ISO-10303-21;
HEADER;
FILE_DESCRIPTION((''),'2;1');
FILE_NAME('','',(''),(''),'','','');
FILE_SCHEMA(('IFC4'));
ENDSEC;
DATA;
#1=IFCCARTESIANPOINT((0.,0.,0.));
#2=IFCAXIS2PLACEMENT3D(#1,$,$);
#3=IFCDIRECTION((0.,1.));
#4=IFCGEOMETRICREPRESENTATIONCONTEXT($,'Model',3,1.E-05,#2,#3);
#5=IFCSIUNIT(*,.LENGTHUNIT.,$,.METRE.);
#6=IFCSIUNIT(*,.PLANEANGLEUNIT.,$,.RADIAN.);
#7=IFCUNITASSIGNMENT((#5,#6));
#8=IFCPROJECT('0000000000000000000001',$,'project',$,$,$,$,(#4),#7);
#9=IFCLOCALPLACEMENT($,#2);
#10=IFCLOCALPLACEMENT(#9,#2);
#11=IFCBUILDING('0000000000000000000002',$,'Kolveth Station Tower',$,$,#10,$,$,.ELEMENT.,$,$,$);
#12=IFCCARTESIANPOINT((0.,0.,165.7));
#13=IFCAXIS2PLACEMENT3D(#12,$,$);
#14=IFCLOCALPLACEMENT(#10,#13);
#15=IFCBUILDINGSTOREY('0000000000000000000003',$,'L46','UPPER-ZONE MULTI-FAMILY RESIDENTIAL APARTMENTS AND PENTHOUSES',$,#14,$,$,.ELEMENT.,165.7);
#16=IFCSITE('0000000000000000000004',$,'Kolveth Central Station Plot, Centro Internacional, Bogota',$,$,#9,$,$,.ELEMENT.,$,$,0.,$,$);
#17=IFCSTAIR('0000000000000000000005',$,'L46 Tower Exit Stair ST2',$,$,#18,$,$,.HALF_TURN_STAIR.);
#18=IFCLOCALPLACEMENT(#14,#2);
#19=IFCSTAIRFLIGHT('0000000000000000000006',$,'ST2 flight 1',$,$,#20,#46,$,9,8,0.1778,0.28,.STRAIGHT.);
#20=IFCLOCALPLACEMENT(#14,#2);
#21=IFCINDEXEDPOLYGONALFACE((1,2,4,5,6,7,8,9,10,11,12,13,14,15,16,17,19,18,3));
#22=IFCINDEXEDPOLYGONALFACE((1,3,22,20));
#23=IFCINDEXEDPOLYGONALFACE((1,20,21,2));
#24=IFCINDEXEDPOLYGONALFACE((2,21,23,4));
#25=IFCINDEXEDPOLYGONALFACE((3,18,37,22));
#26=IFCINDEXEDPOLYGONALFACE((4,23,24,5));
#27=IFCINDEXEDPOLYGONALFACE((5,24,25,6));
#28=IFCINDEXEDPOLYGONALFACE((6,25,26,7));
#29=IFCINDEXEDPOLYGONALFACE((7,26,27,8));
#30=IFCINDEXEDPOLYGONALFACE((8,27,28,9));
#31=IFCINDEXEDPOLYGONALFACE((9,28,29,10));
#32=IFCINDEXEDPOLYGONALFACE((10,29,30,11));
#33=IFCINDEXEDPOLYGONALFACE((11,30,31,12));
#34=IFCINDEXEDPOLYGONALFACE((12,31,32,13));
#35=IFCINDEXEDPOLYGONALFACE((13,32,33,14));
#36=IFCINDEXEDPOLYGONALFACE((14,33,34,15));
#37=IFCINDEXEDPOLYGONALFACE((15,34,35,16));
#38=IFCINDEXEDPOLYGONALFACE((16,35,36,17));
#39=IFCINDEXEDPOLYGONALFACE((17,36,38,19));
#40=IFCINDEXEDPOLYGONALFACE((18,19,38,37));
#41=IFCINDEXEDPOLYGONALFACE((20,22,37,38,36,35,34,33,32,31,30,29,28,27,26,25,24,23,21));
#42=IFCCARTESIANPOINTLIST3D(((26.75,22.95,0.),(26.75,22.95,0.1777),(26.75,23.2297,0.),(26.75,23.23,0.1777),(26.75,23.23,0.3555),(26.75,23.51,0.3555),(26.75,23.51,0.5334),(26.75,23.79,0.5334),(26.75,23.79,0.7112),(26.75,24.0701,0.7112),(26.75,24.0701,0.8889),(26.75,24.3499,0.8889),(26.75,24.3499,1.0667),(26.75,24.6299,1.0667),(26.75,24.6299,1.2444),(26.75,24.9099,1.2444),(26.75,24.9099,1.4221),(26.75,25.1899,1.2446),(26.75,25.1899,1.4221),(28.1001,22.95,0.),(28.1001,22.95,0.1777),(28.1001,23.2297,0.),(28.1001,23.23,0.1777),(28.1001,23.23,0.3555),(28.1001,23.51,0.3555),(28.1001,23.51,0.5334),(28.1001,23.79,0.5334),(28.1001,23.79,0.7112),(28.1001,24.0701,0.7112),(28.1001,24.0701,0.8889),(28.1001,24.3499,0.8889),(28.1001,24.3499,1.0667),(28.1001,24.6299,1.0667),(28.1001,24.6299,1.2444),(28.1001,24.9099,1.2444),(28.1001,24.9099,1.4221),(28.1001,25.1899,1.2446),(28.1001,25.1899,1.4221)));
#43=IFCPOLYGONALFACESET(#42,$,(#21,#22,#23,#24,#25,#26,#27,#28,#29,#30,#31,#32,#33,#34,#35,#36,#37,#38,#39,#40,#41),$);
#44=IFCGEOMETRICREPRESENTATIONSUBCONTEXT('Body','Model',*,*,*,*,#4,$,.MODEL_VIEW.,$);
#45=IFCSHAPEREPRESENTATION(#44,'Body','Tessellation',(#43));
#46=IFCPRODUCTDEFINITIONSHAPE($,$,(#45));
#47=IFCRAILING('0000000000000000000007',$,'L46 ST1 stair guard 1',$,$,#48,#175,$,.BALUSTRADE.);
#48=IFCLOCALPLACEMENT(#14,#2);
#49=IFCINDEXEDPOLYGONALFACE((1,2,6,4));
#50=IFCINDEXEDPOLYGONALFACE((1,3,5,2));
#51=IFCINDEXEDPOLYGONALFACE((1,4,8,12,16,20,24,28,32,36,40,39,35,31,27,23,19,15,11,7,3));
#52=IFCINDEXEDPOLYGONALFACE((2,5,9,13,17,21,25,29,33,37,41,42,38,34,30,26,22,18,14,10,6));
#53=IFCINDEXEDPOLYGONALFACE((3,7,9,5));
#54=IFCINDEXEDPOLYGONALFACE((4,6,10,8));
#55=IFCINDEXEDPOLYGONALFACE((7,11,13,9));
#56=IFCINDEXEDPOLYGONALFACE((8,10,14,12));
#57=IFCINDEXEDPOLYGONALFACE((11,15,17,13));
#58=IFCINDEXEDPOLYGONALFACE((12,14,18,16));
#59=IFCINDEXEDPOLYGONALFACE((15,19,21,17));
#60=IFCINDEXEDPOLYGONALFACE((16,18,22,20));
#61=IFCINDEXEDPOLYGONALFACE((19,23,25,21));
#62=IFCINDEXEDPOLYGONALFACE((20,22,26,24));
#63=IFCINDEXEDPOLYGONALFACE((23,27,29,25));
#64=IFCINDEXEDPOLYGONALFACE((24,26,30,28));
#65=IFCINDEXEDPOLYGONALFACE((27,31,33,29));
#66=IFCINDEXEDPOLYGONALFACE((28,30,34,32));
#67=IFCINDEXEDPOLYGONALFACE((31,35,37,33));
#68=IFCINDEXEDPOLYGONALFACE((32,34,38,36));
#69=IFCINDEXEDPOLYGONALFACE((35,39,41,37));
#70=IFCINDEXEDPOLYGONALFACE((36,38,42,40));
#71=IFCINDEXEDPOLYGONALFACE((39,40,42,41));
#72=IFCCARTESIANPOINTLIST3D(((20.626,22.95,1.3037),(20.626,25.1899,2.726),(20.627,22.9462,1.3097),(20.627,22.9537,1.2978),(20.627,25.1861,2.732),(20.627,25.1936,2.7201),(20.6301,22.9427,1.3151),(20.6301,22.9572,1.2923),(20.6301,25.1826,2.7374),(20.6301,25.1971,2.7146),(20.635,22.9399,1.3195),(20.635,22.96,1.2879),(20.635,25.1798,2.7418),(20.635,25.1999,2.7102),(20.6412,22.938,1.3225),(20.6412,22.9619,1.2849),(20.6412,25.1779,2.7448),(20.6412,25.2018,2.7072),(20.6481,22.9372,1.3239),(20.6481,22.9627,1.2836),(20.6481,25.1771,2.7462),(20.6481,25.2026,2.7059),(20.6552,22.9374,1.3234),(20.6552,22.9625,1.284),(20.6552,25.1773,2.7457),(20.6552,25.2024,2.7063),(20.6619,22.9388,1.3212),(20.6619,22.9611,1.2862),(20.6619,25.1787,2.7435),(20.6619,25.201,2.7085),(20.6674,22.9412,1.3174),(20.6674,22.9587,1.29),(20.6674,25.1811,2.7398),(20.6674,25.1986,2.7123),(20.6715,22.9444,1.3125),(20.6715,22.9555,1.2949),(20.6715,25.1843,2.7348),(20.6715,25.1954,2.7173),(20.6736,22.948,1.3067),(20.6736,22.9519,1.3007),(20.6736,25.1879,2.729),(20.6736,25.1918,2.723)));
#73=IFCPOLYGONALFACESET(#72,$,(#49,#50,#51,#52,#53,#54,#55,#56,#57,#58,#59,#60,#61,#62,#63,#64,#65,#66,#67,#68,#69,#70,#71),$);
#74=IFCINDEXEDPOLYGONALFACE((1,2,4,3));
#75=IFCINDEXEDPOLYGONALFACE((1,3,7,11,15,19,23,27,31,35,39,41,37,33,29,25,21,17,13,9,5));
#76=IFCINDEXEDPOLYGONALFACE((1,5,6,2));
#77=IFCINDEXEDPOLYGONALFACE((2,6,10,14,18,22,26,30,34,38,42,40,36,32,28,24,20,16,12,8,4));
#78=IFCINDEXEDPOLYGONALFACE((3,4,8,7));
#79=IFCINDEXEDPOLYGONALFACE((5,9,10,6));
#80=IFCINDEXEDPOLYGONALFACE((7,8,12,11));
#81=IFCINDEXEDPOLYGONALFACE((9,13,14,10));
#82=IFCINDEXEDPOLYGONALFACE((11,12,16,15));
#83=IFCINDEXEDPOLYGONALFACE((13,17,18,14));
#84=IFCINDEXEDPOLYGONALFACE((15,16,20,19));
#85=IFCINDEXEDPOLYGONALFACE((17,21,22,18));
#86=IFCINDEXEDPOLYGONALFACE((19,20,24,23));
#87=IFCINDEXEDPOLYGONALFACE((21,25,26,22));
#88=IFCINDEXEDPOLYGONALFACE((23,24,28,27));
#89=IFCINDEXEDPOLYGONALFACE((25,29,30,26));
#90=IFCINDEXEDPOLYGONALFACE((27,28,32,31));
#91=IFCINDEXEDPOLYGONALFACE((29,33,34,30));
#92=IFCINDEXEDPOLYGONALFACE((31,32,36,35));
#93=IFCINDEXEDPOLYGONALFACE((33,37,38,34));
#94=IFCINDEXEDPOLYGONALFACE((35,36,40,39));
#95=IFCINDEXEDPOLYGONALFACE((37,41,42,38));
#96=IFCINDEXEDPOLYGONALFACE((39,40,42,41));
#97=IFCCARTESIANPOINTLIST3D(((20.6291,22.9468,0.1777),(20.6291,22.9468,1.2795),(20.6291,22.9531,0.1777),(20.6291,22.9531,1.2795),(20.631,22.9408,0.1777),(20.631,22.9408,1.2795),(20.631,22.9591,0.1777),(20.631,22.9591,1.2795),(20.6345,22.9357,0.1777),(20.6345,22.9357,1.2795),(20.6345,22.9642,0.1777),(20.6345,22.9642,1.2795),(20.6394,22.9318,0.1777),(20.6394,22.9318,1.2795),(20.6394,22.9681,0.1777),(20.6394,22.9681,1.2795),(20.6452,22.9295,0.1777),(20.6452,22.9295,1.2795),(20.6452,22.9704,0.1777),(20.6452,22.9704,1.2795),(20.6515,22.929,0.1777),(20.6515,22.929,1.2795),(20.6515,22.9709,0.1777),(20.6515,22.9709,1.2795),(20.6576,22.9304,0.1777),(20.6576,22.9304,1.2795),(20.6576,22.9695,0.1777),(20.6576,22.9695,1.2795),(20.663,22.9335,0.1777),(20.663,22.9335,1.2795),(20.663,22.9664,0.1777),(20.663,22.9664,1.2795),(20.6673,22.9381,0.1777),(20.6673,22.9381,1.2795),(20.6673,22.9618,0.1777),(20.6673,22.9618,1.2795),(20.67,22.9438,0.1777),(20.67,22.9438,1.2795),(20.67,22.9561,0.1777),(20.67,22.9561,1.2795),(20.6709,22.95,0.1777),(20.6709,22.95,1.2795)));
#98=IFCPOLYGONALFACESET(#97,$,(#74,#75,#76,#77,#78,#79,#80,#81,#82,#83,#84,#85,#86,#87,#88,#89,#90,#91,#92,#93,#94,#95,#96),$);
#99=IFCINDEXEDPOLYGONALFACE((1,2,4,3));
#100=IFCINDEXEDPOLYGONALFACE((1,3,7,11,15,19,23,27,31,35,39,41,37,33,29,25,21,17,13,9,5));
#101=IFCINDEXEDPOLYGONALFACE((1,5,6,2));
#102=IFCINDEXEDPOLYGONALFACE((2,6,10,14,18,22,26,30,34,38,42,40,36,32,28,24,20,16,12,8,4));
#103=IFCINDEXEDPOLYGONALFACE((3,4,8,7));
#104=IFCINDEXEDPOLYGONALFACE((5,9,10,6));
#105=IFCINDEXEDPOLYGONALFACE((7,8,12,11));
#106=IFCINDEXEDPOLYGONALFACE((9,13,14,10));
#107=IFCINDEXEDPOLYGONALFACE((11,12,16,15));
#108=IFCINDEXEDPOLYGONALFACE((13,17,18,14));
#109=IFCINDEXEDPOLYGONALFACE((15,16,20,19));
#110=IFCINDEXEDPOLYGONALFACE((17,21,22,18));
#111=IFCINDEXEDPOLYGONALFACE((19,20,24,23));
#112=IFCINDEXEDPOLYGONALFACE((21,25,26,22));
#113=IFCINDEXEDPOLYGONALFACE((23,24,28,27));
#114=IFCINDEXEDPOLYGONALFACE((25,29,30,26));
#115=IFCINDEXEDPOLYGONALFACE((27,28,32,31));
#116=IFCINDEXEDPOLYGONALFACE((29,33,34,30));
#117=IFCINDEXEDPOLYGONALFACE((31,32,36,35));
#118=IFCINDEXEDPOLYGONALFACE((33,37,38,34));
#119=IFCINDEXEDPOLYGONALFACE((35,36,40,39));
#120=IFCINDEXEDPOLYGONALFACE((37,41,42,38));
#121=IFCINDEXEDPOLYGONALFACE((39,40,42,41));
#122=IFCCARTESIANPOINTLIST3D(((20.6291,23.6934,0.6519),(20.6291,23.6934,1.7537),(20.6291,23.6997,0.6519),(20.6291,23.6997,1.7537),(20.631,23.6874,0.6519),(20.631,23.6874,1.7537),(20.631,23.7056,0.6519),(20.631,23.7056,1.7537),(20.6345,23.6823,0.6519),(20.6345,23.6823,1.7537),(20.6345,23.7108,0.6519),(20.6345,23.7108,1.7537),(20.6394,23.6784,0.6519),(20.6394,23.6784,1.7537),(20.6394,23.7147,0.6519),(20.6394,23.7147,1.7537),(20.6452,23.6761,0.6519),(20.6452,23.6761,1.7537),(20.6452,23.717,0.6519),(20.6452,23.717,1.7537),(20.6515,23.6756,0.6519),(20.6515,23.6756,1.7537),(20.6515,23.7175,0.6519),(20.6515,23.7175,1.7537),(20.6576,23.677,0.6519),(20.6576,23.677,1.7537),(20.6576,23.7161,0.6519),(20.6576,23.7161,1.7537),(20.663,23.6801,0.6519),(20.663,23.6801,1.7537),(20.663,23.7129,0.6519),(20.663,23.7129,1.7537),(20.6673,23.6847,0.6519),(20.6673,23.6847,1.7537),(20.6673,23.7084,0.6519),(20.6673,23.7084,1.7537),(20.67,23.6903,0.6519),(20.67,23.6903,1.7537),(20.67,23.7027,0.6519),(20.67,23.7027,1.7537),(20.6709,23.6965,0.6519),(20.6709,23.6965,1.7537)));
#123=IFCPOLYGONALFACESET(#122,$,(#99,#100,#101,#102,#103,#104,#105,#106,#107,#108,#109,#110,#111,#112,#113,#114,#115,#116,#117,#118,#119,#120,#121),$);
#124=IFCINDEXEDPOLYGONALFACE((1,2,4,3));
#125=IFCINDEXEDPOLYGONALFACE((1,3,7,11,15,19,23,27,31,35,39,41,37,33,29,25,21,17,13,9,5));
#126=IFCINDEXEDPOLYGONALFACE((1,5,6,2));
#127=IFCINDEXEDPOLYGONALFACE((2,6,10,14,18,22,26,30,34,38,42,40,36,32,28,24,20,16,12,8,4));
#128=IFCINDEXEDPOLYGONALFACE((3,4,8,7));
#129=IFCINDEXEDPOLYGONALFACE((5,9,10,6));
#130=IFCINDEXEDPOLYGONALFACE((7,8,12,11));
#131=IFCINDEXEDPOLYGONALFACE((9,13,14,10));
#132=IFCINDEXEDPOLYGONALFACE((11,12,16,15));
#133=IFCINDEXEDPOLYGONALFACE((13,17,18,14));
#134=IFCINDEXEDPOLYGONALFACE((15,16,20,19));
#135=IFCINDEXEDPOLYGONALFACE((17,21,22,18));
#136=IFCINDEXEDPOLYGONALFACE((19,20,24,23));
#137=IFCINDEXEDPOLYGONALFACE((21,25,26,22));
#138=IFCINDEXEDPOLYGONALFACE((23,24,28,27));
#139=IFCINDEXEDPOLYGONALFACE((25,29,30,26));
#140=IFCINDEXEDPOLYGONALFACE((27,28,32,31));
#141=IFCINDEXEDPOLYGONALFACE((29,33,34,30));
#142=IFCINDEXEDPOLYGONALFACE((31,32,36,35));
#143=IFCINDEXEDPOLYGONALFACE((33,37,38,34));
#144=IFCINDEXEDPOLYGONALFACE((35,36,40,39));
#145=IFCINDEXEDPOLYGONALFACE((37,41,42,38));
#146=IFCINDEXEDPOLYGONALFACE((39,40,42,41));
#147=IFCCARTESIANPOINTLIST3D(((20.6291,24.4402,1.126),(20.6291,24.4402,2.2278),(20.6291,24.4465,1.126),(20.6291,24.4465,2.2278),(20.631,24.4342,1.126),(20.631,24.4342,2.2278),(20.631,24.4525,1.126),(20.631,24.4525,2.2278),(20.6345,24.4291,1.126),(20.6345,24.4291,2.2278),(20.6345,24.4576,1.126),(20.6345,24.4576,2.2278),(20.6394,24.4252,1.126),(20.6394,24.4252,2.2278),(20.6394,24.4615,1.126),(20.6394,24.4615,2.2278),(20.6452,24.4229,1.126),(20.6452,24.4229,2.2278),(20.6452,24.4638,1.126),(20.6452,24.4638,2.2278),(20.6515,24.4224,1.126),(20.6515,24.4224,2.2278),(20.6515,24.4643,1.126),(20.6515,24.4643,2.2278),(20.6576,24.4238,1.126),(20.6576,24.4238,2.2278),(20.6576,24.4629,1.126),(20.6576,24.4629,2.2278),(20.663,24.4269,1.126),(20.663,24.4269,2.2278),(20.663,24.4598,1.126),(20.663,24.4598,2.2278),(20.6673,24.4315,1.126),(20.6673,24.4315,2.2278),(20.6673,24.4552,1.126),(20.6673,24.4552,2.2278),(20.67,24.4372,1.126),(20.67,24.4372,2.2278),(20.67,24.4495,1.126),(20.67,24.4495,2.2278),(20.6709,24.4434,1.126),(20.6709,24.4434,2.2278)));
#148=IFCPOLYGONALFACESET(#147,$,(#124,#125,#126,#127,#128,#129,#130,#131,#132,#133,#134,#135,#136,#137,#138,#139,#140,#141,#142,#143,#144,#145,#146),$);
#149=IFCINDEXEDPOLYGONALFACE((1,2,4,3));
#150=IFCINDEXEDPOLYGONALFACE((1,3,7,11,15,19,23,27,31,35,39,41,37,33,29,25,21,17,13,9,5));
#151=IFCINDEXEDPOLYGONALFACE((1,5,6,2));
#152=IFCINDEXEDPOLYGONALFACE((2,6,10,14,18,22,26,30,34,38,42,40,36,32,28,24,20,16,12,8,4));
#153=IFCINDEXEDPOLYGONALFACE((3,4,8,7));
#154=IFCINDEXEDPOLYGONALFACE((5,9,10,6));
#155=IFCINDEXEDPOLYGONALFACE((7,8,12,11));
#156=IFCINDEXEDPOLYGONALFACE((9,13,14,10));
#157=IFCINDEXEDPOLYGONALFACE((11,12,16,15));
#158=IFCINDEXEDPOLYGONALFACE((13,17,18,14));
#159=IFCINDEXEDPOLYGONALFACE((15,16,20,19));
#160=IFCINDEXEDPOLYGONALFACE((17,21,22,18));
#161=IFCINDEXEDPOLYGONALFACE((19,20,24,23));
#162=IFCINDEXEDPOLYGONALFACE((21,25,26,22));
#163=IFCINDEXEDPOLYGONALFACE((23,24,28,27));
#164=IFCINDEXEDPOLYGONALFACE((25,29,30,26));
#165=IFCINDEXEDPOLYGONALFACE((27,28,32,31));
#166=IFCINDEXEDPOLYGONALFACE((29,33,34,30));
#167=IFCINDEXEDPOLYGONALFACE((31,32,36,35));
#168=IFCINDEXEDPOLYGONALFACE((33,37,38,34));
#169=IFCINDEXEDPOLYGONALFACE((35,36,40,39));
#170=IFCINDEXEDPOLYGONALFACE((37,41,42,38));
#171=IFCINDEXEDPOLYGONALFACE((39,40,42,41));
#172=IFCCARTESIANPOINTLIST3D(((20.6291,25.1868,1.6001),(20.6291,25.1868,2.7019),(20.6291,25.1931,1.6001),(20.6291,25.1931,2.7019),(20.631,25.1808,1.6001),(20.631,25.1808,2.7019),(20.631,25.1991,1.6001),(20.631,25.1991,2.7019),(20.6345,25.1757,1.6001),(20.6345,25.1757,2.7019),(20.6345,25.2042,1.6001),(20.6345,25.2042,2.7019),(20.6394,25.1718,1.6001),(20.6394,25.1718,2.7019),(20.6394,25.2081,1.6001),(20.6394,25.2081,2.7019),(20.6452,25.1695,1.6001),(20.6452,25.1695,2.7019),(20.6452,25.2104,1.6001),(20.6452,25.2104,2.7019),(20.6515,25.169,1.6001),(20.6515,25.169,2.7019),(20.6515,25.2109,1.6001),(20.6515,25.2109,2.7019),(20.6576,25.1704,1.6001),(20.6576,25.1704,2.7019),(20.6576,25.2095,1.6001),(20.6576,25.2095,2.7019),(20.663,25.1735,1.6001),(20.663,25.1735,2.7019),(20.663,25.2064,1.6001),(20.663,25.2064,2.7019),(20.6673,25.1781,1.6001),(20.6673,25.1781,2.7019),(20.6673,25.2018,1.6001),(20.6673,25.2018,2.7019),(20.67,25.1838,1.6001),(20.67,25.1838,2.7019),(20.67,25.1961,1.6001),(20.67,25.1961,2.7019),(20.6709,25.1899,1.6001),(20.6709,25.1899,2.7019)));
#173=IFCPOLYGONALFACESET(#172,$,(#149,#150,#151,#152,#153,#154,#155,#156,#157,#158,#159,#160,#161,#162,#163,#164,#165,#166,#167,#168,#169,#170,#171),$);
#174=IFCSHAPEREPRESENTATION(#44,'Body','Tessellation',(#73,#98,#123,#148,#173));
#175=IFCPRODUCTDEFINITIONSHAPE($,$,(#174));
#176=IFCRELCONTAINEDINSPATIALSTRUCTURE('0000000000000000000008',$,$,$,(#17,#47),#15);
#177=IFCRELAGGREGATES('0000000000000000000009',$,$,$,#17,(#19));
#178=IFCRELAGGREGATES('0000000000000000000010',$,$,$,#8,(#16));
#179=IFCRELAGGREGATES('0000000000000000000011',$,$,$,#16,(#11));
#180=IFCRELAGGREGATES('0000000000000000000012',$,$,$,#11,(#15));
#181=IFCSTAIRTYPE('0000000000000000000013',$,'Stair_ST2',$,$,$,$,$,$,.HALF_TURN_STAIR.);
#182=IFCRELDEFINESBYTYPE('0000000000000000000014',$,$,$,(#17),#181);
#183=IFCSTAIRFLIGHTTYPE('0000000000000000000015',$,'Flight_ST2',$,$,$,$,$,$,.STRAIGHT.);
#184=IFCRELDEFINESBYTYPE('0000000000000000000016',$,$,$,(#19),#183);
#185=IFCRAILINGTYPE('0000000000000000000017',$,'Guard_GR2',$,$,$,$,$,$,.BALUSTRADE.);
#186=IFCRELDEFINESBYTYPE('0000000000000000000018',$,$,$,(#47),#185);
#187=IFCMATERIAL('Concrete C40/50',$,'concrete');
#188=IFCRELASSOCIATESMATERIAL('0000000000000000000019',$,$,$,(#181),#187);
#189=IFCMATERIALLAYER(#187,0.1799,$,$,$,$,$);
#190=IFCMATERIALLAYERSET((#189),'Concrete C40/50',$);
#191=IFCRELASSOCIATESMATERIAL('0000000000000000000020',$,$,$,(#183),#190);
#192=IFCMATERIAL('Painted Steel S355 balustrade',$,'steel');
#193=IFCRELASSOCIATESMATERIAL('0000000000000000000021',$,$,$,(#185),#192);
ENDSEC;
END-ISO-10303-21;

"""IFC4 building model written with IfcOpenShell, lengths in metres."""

from ifc_helpers import new_model, si_unit, direction, frame, origin, origin_2d, place, context, subcontext, project, spatial, polyline, circle, outline, extrude, material, layer, layer_set, type_object, element, aggregate, save


model = new_model("IFC4")

# Units and contexts
model_context = context("Model", 3, precision=1e-05, world=origin(), true_north=direction((0.0, 1.0)))
body_context = subcontext(model_context, "Body", "Model", "MODEL_VIEW")
ifc_project = project(units=[si_unit("LENGTHUNIT", "METRE"), si_unit("PLANEANGLEUNIT", "RADIAN")], contexts=[model_context])

# Site, building, storey
site_placement = place(None, origin())
site = spatial("IfcSite", under=ifc_project, at=site_placement, Name="Kolveth Central Station Plot, Centro Internacional, Bogota", CompositionType="ELEMENT", RefElevation=0.0)
building_placement = place(site_placement, origin())
building = spatial("IfcBuilding", under=site, at=building_placement, Name="Kolveth Station Tower", CompositionType="ELEMENT")
storey_placement = place(building_placement, frame((0.0, 0.0, 165.7)))
storey = spatial("IfcBuildingStorey", under=building, at=storey_placement, Name="L46", Description="UPPER-ZONE MULTI-FAMILY RESIDENTIAL APARTMENTS AND PENTHOUSES", CompositionType="ELEMENT", Elevation=165.7)

# Shared definitions
ifc_material_1 = material(Name="Concrete C40/50", Category="concrete")

# Stair, stair flight
stair_type_1 = type_object("IfcStairType", Name="Stair_ST2", PredefinedType="HALF_TURN_STAIR", material=ifc_material_1)
stair_1_placement = place(storey_placement, origin())
stair_1 = element("IfcStair", 1, at=stair_1_placement, inside=storey, type_object=stair_type_1, Name="L46 Tower Exit Stair ST2", PredefinedType="HALF_TURN_STAIR")
ifc_layer_1 = layer(ifc_material_1, 0.1799)
ifc_layer_set_1 = layer_set([ifc_layer_1], Name="Concrete C40/50")
stair_flight_type_1 = type_object("IfcStairFlightType", Name="Flight_ST2", PredefinedType="STRAIGHT", material=ifc_layer_set_1)
stair_flight_1_placement = place(storey_placement, frame((27.425, 22.95, 0.0), z_axis=(0.0, 0.0, 1.0), x_axis=(0.0, 1.0, 0.0)))
stair_flight_1 = element("IfcStairFlight", 2, at=stair_flight_1_placement, type_object=stair_flight_type_1, Name="ST2 flight 1", NumberOfRisers=9, NumberOfTreads=8, PredefinedType="STRAIGHT", RiserHeight=0.1778, TreadLength=0.28, context=body_context, shape_type="SweptSolid", body=[
    extrude(outline(polyline([(0.0, 0.0), (0.0, 0.1777), (0.28, 0.1777), (0.28, 0.3555), (0.5601, 0.3555), (0.5601, 0.5334), (0.8401, 0.5334), (0.8401, 0.7112), (1.1201, 0.7112), (1.1201, 0.8889), (1.3999, 0.8889), (1.3999, 1.0667), (1.6799, 1.0667), (1.6799, 1.2444), (1.96, 1.2444), (1.96, 1.4221), (2.24, 1.4221), (2.24, 1.6001), (2.24, 1.2446), (0.2798, 0.0), (0.0, 0.0)])), frame((0.0, 0.675, 0.0), z_axis=(0.0, -1.0, 0.0), x_axis=(1.0, 0.0, 0.0)), (0.0, 0.0, 1.0), 1.3501),
])
aggregate(stair_1, [stair_flight_1])

# Railing
ifc_material_2 = material(Name="Painted Steel S355 balustrade", Category="steel")
railing_type_1 = type_object("IfcRailingType", Name="Guard_GR2", PredefinedType="BALUSTRADE", material=ifc_material_2)
for number, where, name in (
    (3, (20.6499, 22.95, 0.1777), "L46 ST1 stair guard 1"),
):
    element("IfcRailing", number, at=place(storey_placement, frame(where)), inside=storey, type_object=railing_type_1, Name=name, PredefinedType="BALUSTRADE", context=body_context, shape_type="SweptSolid", body=[
        extrude(circle(Radius=0.0239, at=origin_2d()), frame((0.0, 0.0, 1.126), z_axis=(0.0, 0.844188, 0.536048), x_axis=(-1.0, 0.0, 0.0)), (0.0, 0.0, 1.0), 2.6533),
        extrude(circle(Radius=0.021, at=origin_2d()), origin(), (0.0, 0.0, 1.0), 1.1018),
        extrude(circle(Radius=0.021, at=origin_2d()), frame((0.0, 0.7466, 0.4741)), (0.0, 0.0, 1.0), 1.1018),
        extrude(circle(Radius=0.021, at=origin_2d()), frame((0.0, 1.4934, 0.9482)), (0.0, 0.0, 1.0), 1.1018),
        extrude(circle(Radius=0.021, at=origin_2d()), frame((0.0, 2.24, 1.4224)), (0.0, 0.0, 1.0), 1.1018),
    ])

save(model, "model.ifc")
